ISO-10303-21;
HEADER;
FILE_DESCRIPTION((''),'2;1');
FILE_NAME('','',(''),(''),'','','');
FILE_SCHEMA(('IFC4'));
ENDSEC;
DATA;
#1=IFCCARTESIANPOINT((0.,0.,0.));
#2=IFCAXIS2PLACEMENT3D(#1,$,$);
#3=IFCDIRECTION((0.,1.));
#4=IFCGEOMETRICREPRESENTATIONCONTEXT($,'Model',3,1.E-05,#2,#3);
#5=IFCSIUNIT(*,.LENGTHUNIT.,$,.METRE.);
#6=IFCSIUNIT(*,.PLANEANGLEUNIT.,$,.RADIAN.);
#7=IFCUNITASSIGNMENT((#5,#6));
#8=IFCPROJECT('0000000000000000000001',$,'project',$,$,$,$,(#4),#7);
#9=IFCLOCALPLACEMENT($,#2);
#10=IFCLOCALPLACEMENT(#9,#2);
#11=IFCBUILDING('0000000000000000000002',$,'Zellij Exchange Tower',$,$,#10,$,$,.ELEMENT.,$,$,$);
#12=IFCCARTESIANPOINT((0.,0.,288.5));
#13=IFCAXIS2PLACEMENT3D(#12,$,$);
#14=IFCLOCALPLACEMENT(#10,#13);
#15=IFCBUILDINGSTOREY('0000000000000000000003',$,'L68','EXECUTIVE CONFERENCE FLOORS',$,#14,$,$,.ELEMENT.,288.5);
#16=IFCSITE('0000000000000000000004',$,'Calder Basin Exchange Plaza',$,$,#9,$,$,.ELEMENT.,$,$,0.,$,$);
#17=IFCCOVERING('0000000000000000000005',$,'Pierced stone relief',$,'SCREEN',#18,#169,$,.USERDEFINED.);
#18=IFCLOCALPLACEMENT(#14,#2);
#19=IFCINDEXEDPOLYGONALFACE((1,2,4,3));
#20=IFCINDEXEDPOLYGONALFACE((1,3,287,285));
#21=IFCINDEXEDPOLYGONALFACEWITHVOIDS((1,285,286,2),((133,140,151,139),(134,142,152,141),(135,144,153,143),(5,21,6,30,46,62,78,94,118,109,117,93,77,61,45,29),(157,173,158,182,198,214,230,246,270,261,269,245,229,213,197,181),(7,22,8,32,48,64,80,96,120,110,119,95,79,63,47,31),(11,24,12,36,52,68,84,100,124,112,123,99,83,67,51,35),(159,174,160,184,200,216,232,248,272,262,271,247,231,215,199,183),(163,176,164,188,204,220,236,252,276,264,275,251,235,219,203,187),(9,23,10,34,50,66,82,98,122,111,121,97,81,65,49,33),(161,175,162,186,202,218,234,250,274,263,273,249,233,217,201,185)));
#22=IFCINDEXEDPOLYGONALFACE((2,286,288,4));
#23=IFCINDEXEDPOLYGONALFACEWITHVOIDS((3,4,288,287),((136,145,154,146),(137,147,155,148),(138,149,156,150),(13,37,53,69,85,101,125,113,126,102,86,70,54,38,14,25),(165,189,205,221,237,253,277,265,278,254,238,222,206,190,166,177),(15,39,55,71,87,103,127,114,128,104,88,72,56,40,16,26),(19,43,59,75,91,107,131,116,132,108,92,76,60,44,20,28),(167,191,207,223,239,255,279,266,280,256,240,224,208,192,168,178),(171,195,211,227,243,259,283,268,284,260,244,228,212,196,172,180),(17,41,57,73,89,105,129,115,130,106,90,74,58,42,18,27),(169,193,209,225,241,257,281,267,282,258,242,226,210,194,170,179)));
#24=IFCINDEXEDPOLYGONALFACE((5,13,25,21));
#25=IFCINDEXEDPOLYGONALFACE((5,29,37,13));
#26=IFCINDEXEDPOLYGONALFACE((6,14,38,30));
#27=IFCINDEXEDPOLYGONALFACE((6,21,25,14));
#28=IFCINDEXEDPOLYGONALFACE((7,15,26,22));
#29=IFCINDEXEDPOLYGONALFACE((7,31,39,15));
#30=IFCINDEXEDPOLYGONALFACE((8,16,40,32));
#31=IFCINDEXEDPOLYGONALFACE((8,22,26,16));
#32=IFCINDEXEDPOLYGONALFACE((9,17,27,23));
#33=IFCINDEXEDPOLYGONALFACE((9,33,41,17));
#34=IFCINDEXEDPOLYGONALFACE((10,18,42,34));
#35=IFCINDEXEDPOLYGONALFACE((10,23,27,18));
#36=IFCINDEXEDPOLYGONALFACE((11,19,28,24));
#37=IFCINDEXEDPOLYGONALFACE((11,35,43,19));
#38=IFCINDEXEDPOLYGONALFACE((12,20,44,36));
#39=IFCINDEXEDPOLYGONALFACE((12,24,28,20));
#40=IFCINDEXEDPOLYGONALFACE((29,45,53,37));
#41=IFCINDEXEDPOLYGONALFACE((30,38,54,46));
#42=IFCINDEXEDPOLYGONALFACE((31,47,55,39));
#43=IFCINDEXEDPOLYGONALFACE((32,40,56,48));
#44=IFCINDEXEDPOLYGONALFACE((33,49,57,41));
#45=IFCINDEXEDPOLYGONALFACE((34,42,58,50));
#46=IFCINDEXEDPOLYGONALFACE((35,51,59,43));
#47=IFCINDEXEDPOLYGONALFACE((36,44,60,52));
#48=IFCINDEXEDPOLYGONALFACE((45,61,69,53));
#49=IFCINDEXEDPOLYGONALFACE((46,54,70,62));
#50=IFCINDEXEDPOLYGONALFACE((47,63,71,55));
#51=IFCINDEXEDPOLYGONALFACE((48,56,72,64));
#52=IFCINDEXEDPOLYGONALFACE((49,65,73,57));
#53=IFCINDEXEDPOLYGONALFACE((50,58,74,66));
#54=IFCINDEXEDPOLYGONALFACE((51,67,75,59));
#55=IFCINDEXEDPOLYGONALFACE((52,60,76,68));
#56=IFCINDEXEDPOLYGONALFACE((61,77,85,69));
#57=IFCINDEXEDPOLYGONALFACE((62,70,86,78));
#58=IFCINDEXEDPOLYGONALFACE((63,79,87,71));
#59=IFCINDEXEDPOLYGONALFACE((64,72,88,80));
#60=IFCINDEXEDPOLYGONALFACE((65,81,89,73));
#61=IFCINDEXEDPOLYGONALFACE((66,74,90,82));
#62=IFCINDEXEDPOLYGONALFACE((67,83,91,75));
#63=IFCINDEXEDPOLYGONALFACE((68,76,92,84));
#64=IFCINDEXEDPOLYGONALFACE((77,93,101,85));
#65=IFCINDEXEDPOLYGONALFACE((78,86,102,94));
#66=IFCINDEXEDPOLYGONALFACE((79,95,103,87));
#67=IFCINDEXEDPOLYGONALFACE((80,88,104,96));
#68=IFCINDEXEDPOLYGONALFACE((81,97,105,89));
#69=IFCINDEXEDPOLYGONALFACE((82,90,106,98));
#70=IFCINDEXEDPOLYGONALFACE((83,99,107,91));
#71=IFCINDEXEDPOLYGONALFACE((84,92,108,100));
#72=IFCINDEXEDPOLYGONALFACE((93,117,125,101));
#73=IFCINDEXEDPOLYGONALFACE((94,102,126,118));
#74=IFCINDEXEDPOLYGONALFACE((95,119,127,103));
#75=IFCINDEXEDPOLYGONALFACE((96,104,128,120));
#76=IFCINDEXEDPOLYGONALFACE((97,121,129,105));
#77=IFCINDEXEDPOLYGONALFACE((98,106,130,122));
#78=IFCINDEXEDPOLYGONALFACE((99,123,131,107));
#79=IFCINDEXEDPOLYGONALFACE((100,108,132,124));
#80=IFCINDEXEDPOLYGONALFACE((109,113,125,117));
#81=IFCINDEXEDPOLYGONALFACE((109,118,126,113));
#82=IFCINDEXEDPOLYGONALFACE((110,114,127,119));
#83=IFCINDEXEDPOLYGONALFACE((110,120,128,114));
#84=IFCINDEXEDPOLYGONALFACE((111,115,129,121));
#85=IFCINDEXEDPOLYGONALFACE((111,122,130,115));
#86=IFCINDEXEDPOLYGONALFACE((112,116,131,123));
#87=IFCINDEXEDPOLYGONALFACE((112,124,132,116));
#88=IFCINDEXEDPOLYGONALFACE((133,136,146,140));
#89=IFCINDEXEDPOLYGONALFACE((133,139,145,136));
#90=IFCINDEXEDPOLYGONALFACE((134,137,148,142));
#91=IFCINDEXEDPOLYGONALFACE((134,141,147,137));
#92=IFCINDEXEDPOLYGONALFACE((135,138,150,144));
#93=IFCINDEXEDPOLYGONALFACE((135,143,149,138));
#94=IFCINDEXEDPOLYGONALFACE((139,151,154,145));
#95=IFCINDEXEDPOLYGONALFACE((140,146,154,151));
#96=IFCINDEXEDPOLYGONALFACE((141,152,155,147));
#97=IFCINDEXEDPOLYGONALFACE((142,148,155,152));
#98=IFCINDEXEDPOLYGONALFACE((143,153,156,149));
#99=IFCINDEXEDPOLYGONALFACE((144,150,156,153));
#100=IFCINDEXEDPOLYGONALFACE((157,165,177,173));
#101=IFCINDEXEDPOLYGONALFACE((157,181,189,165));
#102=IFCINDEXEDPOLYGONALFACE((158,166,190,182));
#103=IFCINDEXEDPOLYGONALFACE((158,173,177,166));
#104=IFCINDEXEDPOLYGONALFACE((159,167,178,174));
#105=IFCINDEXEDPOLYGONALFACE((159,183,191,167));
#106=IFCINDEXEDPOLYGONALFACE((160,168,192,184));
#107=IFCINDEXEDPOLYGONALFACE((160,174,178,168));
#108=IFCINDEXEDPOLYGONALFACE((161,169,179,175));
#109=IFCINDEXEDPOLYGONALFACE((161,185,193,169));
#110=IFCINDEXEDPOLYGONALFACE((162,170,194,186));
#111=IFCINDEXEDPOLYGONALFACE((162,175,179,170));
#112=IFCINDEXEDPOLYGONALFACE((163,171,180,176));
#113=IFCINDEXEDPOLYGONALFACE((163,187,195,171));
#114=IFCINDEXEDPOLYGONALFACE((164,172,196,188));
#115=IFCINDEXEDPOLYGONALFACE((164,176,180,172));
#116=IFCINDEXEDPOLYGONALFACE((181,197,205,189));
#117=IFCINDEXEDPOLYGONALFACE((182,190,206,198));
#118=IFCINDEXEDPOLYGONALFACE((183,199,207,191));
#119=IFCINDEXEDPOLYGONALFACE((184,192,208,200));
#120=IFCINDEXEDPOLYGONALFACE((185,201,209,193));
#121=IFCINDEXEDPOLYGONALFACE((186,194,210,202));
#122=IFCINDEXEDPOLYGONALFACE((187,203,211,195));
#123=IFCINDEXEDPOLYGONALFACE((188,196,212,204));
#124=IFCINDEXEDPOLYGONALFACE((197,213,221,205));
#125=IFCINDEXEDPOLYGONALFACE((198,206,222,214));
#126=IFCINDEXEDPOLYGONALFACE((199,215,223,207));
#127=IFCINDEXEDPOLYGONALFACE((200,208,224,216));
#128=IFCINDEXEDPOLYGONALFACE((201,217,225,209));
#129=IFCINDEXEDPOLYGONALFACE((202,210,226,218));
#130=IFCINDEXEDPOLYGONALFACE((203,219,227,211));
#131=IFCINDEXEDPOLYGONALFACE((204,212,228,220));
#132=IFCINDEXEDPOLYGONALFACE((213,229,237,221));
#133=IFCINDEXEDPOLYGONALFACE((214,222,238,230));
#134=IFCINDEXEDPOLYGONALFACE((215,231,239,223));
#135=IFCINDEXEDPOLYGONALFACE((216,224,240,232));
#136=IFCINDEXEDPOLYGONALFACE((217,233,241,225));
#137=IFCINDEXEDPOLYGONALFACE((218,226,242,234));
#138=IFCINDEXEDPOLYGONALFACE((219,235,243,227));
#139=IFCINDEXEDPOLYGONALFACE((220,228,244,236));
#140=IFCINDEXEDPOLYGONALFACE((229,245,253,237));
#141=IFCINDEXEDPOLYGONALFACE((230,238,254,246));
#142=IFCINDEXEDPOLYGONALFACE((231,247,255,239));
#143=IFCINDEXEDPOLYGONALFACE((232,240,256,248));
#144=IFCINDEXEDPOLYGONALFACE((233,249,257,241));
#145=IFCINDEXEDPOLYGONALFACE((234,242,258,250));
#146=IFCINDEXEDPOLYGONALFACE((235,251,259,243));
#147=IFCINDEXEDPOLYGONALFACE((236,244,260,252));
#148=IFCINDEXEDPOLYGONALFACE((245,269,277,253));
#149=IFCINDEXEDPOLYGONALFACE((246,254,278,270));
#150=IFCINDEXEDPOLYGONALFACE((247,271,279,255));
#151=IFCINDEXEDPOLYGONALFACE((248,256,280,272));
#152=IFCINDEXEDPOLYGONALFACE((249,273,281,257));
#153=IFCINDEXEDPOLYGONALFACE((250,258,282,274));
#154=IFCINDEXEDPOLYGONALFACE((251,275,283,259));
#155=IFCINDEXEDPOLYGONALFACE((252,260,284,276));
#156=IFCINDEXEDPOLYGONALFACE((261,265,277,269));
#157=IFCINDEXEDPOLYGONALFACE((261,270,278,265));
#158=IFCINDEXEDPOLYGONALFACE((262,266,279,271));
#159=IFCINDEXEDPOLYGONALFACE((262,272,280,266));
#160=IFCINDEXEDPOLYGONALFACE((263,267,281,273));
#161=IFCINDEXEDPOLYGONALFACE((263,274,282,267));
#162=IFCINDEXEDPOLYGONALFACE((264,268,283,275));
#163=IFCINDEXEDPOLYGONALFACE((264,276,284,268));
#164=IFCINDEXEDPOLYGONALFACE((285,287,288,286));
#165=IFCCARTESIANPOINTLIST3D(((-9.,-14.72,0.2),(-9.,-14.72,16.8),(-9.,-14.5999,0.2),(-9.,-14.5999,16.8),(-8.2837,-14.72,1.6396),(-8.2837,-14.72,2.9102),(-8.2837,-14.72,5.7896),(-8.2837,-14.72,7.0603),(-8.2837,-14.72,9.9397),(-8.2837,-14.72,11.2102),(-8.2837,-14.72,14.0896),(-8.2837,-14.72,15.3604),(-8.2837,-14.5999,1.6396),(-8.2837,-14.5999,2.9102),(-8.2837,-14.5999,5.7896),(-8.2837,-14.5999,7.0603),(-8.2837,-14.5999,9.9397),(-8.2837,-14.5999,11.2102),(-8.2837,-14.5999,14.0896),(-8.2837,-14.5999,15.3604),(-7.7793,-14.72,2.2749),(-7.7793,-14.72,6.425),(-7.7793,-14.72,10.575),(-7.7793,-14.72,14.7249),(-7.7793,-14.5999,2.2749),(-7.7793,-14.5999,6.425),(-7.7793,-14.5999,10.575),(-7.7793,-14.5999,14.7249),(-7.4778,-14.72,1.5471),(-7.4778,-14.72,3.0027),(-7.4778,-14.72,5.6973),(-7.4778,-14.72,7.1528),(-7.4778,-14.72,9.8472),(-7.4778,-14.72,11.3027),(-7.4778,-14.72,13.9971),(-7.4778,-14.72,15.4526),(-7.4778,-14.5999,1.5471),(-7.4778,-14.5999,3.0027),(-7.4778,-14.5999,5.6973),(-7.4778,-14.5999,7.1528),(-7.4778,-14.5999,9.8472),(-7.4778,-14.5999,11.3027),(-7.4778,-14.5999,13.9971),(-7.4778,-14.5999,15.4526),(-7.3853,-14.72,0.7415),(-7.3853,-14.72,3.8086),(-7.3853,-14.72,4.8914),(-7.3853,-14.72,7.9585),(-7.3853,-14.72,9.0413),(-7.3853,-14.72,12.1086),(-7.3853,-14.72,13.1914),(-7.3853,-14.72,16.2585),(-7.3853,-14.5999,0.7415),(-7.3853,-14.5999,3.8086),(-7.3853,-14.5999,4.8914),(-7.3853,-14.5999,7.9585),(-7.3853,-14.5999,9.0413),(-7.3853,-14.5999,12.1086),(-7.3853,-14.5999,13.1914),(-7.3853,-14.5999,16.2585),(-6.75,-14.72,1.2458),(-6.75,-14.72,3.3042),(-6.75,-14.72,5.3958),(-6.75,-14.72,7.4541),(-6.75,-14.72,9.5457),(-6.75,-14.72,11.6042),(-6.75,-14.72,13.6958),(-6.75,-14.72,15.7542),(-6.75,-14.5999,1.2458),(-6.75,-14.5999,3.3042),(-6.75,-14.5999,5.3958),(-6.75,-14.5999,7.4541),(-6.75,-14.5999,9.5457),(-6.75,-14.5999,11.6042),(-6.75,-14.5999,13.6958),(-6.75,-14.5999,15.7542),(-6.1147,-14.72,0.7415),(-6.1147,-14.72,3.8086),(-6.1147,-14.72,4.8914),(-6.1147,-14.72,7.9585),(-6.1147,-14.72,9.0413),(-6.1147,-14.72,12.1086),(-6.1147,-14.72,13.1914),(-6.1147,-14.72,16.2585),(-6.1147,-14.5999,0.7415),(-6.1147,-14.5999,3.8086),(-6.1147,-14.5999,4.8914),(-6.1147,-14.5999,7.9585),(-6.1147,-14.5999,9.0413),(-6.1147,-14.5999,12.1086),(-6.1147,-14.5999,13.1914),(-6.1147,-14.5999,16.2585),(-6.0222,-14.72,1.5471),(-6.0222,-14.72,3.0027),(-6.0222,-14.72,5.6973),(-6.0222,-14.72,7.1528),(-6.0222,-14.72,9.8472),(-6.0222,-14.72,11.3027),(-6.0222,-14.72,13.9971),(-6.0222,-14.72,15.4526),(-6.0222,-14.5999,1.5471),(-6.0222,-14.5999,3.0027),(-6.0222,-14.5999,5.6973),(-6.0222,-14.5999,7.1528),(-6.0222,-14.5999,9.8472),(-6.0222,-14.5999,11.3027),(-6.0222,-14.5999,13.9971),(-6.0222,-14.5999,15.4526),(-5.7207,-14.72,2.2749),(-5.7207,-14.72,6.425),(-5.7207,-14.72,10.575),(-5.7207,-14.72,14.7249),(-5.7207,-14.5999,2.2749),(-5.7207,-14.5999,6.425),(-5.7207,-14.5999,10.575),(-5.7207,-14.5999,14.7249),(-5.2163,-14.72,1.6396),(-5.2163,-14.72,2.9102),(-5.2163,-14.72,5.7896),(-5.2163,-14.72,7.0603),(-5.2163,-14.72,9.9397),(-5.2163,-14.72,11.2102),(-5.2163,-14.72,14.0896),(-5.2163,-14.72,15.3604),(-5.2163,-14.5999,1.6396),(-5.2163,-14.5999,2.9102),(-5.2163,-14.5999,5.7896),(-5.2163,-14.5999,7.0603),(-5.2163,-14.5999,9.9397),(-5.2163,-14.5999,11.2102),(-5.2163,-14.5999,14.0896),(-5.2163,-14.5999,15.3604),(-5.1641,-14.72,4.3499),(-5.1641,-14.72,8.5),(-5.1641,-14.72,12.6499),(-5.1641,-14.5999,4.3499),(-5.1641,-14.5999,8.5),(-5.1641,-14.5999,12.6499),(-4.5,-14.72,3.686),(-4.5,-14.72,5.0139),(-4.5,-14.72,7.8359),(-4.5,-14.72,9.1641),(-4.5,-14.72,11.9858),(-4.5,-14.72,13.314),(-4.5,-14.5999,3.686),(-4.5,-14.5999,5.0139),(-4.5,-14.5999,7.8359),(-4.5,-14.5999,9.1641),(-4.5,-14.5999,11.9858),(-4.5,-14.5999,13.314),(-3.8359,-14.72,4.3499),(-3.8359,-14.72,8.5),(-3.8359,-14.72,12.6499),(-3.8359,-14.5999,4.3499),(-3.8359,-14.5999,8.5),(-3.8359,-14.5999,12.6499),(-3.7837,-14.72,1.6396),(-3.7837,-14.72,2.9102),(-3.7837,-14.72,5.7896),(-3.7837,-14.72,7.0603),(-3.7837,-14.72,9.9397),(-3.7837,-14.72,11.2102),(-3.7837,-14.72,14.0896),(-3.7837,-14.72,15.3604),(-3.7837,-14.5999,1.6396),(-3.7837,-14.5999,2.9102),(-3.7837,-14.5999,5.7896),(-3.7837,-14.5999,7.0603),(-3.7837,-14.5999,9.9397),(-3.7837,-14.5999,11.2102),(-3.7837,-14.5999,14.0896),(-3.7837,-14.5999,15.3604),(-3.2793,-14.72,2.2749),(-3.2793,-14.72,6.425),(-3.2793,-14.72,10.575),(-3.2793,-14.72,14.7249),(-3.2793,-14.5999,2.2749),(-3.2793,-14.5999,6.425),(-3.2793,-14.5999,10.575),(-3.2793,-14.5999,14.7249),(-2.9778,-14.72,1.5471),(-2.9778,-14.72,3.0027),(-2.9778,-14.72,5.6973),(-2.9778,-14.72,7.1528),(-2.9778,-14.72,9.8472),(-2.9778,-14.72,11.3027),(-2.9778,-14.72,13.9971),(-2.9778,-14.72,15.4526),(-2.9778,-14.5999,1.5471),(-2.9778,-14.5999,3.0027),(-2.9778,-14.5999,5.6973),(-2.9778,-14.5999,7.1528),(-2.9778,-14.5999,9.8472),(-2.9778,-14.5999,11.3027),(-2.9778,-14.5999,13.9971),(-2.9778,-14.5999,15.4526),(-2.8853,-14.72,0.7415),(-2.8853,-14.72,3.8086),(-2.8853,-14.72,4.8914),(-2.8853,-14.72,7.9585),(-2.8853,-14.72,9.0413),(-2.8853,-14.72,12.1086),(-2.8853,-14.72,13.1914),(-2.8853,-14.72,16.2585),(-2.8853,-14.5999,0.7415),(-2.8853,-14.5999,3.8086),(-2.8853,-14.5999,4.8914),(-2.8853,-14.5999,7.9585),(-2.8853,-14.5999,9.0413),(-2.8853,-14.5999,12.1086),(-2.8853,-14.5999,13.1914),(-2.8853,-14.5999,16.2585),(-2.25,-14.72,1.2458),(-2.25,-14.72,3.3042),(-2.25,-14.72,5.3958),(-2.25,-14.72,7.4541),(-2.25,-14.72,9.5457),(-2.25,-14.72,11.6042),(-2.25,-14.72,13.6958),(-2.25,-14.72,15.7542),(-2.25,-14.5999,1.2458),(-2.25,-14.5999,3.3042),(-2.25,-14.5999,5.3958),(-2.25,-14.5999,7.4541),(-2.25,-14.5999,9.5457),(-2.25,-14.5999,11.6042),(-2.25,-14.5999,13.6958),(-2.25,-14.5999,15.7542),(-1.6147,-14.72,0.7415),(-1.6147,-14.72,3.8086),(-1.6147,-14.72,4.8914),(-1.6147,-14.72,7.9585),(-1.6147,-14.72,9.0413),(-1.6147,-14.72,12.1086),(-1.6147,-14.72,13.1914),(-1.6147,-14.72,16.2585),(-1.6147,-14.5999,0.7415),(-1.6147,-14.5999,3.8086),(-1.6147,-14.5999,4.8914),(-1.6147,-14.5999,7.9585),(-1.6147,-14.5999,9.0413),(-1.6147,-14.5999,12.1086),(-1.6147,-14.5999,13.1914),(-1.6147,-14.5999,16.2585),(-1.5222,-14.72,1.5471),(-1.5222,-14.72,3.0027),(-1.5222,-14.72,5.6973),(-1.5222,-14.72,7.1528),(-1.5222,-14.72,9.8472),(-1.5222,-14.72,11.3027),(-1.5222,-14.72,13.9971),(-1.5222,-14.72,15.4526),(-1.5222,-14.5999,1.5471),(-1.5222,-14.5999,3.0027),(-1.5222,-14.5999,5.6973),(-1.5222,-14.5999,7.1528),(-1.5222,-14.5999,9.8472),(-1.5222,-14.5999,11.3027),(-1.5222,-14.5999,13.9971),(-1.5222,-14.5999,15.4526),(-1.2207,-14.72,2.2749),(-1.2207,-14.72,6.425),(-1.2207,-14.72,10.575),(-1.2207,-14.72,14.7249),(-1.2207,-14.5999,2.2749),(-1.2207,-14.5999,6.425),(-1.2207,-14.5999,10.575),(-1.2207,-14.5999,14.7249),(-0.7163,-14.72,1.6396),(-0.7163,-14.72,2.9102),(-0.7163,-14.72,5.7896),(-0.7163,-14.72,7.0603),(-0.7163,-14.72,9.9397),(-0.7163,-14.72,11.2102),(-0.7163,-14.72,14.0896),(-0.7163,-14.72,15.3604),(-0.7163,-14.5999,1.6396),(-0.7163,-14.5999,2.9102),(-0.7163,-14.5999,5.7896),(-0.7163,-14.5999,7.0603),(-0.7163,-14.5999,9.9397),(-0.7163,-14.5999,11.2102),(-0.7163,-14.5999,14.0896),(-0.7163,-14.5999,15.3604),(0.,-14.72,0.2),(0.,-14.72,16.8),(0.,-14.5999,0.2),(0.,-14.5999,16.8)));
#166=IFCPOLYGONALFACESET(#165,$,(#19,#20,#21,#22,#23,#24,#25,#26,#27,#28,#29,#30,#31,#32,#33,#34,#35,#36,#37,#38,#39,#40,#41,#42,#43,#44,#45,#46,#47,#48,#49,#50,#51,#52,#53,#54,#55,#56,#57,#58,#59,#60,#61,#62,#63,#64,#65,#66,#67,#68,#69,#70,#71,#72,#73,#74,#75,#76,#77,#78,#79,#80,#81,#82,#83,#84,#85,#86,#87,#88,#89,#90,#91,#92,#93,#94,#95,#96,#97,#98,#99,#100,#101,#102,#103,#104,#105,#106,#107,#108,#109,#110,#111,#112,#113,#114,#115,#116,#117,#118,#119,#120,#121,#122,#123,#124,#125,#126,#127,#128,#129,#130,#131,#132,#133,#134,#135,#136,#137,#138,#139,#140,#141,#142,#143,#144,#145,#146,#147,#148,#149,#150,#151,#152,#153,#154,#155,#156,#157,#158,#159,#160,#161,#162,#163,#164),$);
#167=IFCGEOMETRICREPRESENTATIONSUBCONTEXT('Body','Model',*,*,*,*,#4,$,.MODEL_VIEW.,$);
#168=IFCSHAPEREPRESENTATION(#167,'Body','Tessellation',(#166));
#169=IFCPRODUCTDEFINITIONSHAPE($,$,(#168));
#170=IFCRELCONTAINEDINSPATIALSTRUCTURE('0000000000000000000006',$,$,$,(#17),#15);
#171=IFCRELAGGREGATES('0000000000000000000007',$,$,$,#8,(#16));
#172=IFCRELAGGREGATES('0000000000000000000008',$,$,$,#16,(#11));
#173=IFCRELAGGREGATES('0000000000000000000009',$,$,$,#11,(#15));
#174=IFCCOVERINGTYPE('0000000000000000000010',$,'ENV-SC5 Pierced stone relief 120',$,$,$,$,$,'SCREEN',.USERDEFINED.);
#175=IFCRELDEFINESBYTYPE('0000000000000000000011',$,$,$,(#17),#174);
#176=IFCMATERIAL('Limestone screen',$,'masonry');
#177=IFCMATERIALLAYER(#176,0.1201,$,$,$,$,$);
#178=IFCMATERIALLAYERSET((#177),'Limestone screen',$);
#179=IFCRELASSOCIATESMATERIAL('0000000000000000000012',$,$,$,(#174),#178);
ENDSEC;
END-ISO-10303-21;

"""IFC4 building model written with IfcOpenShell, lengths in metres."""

from ifc_helpers import new_model, si_unit, direction, frame, origin, place, context, subcontext, project, spatial, polyline, outline, extrude, material, layer, layer_set, type_object, element, save


model = new_model("IFC4")

# Units and contexts
model_context = context("Model", 3, precision=1e-05, world=origin(), true_north=direction((0.0, 1.0)))
body_context = subcontext(model_context, "Body", "Model", "MODEL_VIEW")
ifc_project = project(units=[si_unit("LENGTHUNIT", "METRE"), si_unit("PLANEANGLEUNIT", "RADIAN")], contexts=[model_context])

# Site, building, storey
site_placement = place(None, origin())
site = spatial("IfcSite", under=ifc_project, at=site_placement, Name="Calder Basin Exchange Plaza", CompositionType="ELEMENT", RefElevation=0.0)
building_placement = place(site_placement, origin())
building = spatial("IfcBuilding", under=site, at=building_placement, Name="Zellij Exchange Tower", CompositionType="ELEMENT")
storey_placement = place(building_placement, frame((0.0, 0.0, 288.5)))
storey = spatial("IfcBuildingStorey", under=building, at=storey_placement, Name="L68", Description="EXECUTIVE CONFERENCE FLOORS", CompositionType="ELEMENT", Elevation=288.5)

# Covering
ifc_material_1 = material(Name="Limestone screen", Category="masonry")
ifc_layer_1 = layer(ifc_material_1, 0.1201)
ifc_layer_set_1 = layer_set([ifc_layer_1], Name="Limestone screen")
covering_type = type_object("IfcCoveringType", Name="ENV-SC5 Pierced stone relief 120", ElementType="SCREEN", PredefinedType="USERDEFINED", material=ifc_layer_set_1)
covering_placement = place(storey_placement, frame((-9.0, -14.6599, 0.2), z_axis=(0.0, 0.0, 1.0), x_axis=(1.0, 0.0, 0.0)))
element("IfcCovering", 1, at=covering_placement, inside=storey, type_object=covering_type, Name="Pierced stone relief", ObjectType="SCREEN", PredefinedType="USERDEFINED", context=body_context, shape_type="SweptSolid", body=[
    extrude(outline(polyline([(0.0, 0.0), (9.0, 0.0), (9.0, 16.6001), (0.0, 16.6001), (0.0, 0.0)]), holes=[polyline([(3.7837, 2.7102), (2.9778, 2.8027), (2.8853, 3.6086), (2.25, 3.1042), (1.6147, 3.6086), (1.5222, 2.8027), (0.7163, 2.7102), (1.2207, 2.075), (0.7163, 1.4397), (1.5222, 1.3472), (1.6147, 0.5415), (2.25, 1.0459), (2.8853, 0.5415), (2.9778, 1.3472), (3.7837, 1.4397), (3.2793, 2.075), (3.7837, 2.7102)]), polyline([(3.7837, 6.8604), (2.9778, 6.9529), (2.8853, 7.7585), (2.25, 7.2542), (1.6147, 7.7585), (1.5222, 6.9529), (0.7163, 6.8604), (1.2207, 6.2251), (0.7163, 5.5896), (1.5222, 5.4973), (1.6147, 4.6914), (2.25, 5.1958), (2.8853, 4.6914), (2.9778, 5.4973), (3.7837, 5.5896), (3.2793, 6.2251), (3.7837, 6.8604)]), polyline([(3.7837, 11.0103), (2.9778, 11.1028), (2.8853, 11.9087), (2.25, 11.4043), (1.6147, 11.9087), (1.5222, 11.1028), (0.7163, 11.0103), (1.2207, 10.375), (0.7163, 9.7397), (1.5222, 9.6472), (1.6147, 8.8413), (2.25, 9.3457), (2.8853, 8.8413), (2.9778, 9.6472), (3.7837, 9.7397), (3.2793, 10.375), (3.7837, 11.0103)]), polyline([(3.7837, 15.1604), (2.9778, 15.2527), (2.8853, 16.0586), (2.25, 15.5542), (1.6147, 16.0586), (1.5222, 15.2527), (0.7163, 15.1604), (1.2207, 14.5249), (0.7163, 13.8896), (1.5222, 13.7971), (1.6147, 12.9915), (2.25, 13.4958), (2.8853, 12.9915), (2.9778, 13.7971), (3.7837, 13.8896), (3.2793, 14.5249), (3.7837, 15.1604)]), polyline([(8.2837, 2.7102), (7.4778, 2.8027), (7.3853, 3.6086), (6.75, 3.1042), (6.1147, 3.6086), (6.0222, 2.8027), (5.2163, 2.7102), (5.7207, 2.075), (5.2163, 1.4397), (6.0222, 1.3472), (6.1147, 0.5415), (6.75, 1.0459), (7.3853, 0.5415), (7.4778, 1.3472), (8.2837, 1.4397), (7.7793, 2.075), (8.2837, 2.7102)]), polyline([(8.2837, 6.8604), (7.4778, 6.9529), (7.3853, 7.7585), (6.75, 7.2542), (6.1147, 7.7585), (6.0222, 6.9529), (5.2163, 6.8604), (5.7207, 6.2251), (5.2163, 5.5896), (6.0222, 5.4973), (6.1147, 4.6914), (6.75, 5.1958), (7.3853, 4.6914), (7.4778, 5.4973), (8.2837, 5.5896), (7.7793, 6.2251), (8.2837, 6.8604)]), polyline([(8.2837, 11.0103), (7.4778, 11.1028), (7.3853, 11.9087), (6.75, 11.4043), (6.1147, 11.9087), (6.0222, 11.1028), (5.2163, 11.0103), (5.7207, 10.375), (5.2163, 9.7397), (6.0222, 9.6472), (6.1147, 8.8413), (6.75, 9.3457), (7.3853, 8.8413), (7.4778, 9.6472), (8.2837, 9.7397), (7.7793, 10.375), (8.2837, 11.0103)]), polyline([(8.2837, 15.1604), (7.4778, 15.2527), (7.3853, 16.0586), (6.75, 15.5542), (6.1147, 16.0586), (6.0222, 15.2527), (5.2163, 15.1604), (5.7207, 14.5249), (5.2163, 13.8896), (6.0222, 13.7971), (6.1147, 12.9915), (6.75, 13.4958), (7.3853, 12.9915), (7.4778, 13.7971), (8.2837, 13.8896), (7.7793, 14.5249), (8.2837, 15.1604)]), polyline([(5.1641, 4.1499), (4.5, 4.814), (3.8359, 4.1499), (4.5, 3.4861), (5.1641, 4.1499)]), polyline([(5.1641, 8.3), (4.5, 8.9641), (3.8359, 8.3), (4.5, 7.636), (5.1641, 8.3)]), polyline([(5.1641, 12.45), (4.5, 13.114), (3.8359, 12.45), (4.5, 11.7859), (5.1641, 12.45)])]), frame((0.0, 0.0601, 0.0), z_axis=(0.0, -1.0, 0.0), x_axis=(1.0, 0.0, 0.0)), (0.0, 0.0, 1.0), 0.1201),
])

save(model, "model.ifc")
